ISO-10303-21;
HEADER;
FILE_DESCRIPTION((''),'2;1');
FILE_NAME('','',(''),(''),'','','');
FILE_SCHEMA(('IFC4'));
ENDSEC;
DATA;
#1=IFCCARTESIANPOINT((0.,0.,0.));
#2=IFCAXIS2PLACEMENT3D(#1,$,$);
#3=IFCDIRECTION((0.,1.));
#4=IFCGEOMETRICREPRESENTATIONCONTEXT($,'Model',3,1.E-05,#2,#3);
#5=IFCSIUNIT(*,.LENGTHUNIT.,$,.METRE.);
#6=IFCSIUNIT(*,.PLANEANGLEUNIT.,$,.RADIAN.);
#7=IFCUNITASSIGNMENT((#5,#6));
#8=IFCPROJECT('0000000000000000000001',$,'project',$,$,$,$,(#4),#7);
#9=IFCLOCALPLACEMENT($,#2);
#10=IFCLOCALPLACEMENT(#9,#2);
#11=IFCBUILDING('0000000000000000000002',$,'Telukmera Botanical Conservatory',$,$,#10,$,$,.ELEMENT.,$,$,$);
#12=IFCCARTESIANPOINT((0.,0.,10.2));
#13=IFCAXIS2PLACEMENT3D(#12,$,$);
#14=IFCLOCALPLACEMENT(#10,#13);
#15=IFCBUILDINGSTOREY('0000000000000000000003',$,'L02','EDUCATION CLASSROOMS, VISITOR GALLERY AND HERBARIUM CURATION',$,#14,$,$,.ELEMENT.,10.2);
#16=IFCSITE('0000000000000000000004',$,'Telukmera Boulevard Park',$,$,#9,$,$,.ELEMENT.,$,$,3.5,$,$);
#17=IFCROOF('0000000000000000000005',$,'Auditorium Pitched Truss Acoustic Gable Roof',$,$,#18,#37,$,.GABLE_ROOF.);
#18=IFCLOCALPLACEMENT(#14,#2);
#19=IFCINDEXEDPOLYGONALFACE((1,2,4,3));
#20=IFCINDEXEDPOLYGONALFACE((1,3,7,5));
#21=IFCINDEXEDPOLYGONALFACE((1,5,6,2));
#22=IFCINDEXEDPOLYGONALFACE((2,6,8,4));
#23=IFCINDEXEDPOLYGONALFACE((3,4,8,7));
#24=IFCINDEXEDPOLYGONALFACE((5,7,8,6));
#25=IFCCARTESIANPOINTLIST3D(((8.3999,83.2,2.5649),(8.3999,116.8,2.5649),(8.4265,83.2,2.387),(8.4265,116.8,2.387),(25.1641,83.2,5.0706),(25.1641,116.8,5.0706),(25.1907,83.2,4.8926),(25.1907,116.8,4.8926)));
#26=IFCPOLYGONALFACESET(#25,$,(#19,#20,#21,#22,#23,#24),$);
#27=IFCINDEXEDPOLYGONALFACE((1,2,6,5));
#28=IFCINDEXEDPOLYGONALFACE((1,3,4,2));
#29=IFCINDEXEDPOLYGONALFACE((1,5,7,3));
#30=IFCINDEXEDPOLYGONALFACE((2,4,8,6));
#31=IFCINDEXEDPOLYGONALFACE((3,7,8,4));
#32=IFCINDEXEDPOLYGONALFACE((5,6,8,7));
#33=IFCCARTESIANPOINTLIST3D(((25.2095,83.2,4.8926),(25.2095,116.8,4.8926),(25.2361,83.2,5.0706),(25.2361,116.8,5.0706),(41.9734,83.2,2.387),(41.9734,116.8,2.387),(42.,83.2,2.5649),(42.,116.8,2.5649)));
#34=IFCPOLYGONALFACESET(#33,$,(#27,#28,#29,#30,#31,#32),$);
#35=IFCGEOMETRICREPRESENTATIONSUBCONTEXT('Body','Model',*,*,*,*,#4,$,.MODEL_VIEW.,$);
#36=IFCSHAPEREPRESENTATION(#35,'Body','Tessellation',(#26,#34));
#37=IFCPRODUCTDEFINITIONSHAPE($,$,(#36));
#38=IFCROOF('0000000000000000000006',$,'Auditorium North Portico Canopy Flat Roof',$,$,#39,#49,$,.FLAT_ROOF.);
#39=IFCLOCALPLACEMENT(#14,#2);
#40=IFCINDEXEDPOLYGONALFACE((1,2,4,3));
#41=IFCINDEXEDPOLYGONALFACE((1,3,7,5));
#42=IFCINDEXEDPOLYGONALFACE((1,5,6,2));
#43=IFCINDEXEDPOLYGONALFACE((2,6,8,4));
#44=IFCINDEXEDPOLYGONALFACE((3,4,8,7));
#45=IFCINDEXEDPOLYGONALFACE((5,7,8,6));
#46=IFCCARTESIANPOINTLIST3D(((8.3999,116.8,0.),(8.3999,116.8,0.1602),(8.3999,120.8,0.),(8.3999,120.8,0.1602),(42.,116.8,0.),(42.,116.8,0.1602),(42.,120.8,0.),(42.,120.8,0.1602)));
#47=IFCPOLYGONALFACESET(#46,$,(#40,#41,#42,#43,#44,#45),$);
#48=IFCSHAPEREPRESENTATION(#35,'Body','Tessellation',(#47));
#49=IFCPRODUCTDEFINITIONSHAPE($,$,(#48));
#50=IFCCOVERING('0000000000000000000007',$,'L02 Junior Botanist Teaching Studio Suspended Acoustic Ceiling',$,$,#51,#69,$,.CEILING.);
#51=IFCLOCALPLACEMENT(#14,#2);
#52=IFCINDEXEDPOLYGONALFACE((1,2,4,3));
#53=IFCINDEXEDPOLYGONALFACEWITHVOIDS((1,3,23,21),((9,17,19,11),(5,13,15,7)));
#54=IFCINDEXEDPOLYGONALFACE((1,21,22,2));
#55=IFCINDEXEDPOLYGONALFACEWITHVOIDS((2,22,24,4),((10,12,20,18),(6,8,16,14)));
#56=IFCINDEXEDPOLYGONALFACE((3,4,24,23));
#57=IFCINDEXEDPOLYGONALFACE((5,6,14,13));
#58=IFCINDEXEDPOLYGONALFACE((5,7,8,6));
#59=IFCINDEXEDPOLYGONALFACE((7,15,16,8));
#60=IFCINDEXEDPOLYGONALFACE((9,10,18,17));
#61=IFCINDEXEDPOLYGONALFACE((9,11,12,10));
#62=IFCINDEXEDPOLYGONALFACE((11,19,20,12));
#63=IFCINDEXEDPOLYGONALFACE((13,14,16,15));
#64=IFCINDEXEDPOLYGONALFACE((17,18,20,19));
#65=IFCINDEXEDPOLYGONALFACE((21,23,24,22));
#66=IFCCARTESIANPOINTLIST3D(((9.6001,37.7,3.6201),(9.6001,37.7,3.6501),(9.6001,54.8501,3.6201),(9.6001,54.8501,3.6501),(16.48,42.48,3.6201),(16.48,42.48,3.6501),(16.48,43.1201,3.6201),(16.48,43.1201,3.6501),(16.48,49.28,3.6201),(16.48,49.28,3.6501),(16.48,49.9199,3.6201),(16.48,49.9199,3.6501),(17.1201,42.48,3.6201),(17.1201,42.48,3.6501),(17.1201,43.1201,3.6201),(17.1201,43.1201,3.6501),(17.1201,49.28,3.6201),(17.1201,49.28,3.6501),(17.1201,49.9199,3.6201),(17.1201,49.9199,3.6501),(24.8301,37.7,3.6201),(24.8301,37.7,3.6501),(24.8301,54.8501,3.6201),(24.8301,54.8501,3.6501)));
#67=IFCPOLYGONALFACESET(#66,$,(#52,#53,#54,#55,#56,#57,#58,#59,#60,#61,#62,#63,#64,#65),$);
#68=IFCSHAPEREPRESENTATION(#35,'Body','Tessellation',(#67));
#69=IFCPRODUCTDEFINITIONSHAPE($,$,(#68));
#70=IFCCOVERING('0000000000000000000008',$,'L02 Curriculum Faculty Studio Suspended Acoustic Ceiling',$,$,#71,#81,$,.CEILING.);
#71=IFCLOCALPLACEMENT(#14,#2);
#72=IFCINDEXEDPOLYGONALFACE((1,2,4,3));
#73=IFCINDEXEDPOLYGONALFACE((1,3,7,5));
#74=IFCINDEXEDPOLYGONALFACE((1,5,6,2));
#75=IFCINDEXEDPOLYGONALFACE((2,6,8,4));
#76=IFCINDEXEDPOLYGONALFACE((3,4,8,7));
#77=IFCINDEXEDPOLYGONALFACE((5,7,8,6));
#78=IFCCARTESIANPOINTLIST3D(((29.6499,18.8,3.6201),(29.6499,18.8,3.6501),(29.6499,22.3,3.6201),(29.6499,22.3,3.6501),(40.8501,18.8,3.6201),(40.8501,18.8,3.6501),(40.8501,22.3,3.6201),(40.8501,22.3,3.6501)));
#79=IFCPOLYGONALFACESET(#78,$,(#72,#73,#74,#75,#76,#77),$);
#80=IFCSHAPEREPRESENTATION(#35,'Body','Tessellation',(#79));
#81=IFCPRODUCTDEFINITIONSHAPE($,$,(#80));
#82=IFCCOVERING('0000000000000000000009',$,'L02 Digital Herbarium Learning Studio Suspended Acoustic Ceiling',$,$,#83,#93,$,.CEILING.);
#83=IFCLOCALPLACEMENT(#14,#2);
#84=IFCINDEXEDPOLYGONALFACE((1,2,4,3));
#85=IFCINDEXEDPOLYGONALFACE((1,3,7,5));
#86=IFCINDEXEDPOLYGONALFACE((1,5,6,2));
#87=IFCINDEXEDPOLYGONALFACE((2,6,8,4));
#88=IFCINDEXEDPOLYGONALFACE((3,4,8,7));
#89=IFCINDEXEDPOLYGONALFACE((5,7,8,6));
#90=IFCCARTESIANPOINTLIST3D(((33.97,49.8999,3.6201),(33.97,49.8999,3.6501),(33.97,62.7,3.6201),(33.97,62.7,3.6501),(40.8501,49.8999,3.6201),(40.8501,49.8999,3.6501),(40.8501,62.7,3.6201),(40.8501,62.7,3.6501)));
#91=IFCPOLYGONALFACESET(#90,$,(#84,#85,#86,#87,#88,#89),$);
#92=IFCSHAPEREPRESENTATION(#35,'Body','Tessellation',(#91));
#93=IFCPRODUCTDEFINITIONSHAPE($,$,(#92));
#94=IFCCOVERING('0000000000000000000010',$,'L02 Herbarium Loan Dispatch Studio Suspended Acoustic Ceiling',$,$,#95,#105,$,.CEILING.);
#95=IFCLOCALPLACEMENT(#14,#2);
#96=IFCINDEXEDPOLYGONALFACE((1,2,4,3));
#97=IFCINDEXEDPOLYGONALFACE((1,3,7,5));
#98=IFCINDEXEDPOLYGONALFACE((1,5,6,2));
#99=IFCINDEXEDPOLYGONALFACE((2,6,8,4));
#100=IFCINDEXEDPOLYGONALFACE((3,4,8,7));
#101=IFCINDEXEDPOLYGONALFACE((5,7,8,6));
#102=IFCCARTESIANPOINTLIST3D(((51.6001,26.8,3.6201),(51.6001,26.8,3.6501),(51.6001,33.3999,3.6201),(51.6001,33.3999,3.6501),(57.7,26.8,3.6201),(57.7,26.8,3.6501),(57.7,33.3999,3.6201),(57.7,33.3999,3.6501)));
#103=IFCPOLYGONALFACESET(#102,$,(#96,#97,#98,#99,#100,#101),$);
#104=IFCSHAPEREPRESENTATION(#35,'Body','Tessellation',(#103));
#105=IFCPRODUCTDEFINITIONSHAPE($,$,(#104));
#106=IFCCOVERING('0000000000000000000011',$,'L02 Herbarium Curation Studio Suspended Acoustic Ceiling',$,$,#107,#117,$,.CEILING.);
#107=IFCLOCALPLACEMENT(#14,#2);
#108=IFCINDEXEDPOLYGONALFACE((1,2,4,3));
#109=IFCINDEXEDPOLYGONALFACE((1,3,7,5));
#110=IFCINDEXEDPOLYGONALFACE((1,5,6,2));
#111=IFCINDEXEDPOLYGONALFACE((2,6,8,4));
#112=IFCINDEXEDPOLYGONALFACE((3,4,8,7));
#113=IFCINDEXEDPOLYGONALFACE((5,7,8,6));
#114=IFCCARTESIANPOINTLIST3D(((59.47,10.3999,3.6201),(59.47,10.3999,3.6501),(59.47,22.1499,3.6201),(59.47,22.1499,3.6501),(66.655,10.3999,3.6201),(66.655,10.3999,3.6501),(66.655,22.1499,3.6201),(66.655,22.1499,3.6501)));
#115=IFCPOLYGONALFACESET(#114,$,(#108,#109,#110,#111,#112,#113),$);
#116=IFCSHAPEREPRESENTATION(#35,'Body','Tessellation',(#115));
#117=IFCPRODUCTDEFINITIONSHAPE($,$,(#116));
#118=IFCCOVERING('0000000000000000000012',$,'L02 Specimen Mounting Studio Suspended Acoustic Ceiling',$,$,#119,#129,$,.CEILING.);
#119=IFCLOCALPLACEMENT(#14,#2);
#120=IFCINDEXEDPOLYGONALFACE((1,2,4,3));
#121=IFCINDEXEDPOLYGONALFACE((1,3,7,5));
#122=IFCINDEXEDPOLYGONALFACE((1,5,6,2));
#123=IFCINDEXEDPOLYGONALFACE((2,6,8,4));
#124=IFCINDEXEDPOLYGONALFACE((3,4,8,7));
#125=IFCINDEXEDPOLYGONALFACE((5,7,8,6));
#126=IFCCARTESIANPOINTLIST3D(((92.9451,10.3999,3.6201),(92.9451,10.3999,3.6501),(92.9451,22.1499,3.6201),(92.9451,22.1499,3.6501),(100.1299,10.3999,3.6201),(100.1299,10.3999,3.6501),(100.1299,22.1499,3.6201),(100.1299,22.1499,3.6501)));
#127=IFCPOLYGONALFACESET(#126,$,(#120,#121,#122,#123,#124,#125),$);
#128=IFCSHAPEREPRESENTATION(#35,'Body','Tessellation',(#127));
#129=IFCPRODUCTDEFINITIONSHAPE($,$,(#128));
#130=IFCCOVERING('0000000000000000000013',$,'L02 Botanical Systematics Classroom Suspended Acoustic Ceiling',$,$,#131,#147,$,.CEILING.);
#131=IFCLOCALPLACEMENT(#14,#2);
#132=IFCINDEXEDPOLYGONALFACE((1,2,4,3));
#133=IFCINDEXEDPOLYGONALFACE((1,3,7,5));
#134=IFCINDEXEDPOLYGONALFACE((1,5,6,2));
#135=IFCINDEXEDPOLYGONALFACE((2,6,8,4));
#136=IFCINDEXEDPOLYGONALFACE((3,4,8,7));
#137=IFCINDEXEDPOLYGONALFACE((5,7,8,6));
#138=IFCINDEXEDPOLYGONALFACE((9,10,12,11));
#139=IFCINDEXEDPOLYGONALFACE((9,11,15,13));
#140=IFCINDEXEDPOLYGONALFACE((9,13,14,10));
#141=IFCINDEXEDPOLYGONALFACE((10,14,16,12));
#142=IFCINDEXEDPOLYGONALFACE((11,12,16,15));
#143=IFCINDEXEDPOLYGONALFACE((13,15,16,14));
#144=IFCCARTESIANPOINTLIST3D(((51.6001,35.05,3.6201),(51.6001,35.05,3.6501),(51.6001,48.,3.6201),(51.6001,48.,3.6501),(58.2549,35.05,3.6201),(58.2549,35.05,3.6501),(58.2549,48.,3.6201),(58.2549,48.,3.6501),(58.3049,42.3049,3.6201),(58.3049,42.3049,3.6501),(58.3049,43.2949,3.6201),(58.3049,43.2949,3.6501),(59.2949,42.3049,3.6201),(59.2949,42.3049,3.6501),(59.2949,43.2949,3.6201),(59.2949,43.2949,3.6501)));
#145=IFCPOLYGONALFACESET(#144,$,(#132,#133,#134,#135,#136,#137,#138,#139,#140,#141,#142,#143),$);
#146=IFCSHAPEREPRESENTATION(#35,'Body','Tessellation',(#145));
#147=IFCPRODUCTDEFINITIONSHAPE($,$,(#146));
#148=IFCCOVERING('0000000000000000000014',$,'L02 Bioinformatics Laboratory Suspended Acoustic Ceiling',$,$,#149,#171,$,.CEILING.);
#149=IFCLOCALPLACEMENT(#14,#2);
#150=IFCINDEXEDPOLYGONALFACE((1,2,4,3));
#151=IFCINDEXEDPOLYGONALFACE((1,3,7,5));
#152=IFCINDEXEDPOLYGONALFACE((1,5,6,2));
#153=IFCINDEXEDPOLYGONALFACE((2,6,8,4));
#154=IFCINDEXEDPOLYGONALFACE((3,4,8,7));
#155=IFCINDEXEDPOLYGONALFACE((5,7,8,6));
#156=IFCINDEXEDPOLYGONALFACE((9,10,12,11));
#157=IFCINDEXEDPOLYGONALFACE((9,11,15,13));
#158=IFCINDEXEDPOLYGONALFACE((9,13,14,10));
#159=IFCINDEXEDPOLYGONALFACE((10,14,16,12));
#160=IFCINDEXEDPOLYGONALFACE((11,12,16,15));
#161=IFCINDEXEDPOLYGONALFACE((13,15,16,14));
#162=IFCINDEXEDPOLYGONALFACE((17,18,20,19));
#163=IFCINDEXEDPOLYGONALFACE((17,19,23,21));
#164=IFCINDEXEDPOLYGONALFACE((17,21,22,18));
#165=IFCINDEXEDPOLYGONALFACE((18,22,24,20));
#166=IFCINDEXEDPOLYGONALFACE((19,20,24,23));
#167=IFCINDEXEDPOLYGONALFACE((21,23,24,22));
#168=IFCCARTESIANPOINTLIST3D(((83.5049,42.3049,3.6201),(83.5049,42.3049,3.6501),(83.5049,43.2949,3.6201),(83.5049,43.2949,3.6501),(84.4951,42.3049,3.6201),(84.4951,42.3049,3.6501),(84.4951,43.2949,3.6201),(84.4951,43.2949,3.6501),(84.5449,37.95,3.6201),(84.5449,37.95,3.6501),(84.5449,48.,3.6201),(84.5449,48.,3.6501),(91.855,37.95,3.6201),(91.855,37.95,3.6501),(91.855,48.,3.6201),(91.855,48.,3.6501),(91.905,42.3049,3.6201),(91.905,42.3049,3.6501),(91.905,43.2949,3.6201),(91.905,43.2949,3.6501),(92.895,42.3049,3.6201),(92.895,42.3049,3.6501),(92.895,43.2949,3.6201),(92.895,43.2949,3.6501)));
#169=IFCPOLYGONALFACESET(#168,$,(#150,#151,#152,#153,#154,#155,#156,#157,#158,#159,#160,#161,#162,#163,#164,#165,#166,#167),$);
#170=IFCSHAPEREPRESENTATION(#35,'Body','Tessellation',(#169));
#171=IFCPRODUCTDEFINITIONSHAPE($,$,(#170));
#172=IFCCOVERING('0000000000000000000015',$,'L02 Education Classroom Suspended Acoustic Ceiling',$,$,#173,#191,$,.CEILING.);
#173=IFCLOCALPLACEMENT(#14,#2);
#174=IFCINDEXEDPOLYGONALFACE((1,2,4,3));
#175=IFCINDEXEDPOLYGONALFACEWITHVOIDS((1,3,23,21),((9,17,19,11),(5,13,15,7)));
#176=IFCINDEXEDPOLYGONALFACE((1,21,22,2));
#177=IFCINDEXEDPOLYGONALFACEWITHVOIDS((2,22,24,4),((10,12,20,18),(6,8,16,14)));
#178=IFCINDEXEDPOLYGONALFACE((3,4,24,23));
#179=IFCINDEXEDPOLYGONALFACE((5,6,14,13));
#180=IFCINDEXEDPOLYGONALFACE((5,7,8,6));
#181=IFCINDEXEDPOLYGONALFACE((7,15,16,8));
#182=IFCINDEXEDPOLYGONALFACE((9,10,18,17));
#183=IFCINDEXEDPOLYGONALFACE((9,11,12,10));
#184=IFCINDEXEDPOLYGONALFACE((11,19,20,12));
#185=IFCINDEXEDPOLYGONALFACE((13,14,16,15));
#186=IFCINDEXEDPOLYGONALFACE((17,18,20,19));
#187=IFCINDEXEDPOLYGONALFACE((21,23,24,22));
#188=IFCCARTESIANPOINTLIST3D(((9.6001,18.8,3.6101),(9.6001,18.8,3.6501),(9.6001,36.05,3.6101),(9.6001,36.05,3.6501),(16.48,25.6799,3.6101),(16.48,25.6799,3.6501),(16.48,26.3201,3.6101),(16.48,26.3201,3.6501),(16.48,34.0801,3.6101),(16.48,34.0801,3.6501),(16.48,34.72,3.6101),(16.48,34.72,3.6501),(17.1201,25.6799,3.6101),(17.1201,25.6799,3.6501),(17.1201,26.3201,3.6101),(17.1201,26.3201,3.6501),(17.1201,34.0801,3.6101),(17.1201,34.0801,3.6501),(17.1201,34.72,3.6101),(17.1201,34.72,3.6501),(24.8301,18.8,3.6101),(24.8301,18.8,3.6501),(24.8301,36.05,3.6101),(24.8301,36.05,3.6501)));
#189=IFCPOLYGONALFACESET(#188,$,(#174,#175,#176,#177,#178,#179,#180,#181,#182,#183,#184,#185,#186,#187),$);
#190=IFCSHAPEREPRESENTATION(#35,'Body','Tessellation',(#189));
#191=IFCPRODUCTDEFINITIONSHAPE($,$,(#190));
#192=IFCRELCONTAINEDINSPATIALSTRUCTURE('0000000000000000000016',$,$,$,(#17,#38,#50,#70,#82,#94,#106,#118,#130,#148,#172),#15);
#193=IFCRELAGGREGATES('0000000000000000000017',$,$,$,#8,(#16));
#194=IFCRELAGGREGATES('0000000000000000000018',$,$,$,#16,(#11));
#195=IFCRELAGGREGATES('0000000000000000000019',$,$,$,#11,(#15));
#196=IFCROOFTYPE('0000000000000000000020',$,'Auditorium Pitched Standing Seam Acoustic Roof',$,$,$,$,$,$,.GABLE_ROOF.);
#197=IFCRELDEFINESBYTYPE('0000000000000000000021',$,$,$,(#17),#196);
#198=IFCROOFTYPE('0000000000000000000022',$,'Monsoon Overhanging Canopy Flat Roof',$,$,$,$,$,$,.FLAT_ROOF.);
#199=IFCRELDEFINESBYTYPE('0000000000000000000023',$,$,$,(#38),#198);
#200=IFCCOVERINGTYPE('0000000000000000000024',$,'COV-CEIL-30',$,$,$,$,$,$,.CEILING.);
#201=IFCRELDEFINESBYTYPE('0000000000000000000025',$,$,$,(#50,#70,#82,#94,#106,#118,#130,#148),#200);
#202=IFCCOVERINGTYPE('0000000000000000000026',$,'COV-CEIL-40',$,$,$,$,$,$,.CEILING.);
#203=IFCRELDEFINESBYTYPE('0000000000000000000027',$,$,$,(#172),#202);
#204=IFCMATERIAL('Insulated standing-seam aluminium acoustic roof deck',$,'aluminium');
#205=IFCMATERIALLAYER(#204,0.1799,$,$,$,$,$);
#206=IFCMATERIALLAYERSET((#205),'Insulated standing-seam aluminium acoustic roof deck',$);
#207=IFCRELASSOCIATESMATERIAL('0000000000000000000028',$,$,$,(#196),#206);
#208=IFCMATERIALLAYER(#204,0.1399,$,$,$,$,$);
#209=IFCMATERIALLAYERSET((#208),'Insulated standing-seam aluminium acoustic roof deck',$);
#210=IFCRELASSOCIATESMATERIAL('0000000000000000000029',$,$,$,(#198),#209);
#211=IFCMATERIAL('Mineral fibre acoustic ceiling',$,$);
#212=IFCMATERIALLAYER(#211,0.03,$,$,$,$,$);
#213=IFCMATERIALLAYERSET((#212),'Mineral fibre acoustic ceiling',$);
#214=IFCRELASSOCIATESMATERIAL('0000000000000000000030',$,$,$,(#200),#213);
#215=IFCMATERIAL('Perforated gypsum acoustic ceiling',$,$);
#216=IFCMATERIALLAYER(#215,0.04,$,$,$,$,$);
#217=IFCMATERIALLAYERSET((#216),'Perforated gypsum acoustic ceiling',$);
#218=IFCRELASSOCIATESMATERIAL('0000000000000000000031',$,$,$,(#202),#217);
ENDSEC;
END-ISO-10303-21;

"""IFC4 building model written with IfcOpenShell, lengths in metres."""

from ifc_helpers import new_model, si_unit, direction, frame, origin, place, context, subcontext, project, spatial, polyline, outline, extrude, material, layer, layer_set, type_object, element, save


model = new_model("IFC4")

# Units and contexts
model_context = context("Model", 3, precision=1e-05, world=origin(), true_north=direction((0.0, 1.0)))
body_context = subcontext(model_context, "Body", "Model", "MODEL_VIEW")
ifc_project = project(units=[si_unit("LENGTHUNIT", "METRE"), si_unit("PLANEANGLEUNIT", "RADIAN")], contexts=[model_context])

# Site, building, storey
site_placement = place(None, origin())
site = spatial("IfcSite", under=ifc_project, at=site_placement, Name="Telukmera Boulevard Park", CompositionType="ELEMENT", RefElevation=3.5)
building_placement = place(site_placement, origin())
building = spatial("IfcBuilding", under=site, at=building_placement, Name="Telukmera Botanical Conservatory", CompositionType="ELEMENT")
storey_placement = place(building_placement, frame((0.0, 0.0, 10.2)))
storey = spatial("IfcBuildingStorey", under=building, at=storey_placement, Name="L02", Description="EDUCATION CLASSROOMS, VISITOR GALLERY AND HERBARIUM CURATION", CompositionType="ELEMENT", Elevation=10.2)

# Roofs
ifc_material_1 = material(Name="Insulated standing-seam aluminium acoustic roof deck", Category="aluminium")
ifc_layer_1 = layer(ifc_material_1, 0.1799)
ifc_layer_set_1 = layer_set([ifc_layer_1], Name="Insulated standing-seam aluminium acoustic roof deck")
roof_type_1 = type_object("IfcRoofType", Name="Auditorium Pitched Standing Seam Acoustic Roof", PredefinedType="GABLE_ROOF", material=ifc_layer_set_1)
roof_1_placement = place(storey_placement, origin())
element("IfcRoof", 1, at=roof_1_placement, inside=storey, type_object=roof_type_1, Name="Auditorium Pitched Truss Acoustic Gable Roof", PredefinedType="GABLE_ROOF", context=body_context, shape_type="SweptSolid", body=[
    extrude(outline(polyline([(0.0, 0.0), (16.9504, 0.0), (16.9504, 33.6001), (0.0, 33.6001), (0.0, 0.0)])), frame((8.3999, 83.2, 2.5649), z_axis=(-0.147821, 0.0, 0.989014), x_axis=(0.989014, 0.0, 0.147821)), (0.0, 0.0, -1.0), 0.1799),
    extrude(outline(polyline([(0.0, 0.0), (16.9501, 0.0), (16.9501, 33.6001), (0.0, 33.6001), (0.0, 0.0)])), frame((25.2361, 83.2, 5.0706), z_axis=(0.147823, 0.0, 0.989014), x_axis=(0.989014, 0.0, -0.147823)), (0.0, 0.0, -1.0), 0.1799),
])
ifc_layer_2 = layer(ifc_material_1, 0.1399)
ifc_layer_set_2 = layer_set([ifc_layer_2], Name="Insulated standing-seam aluminium acoustic roof deck")
roof_type_2 = type_object("IfcRoofType", Name="Monsoon Overhanging Canopy Flat Roof", PredefinedType="FLAT_ROOF", material=ifc_layer_set_2)
roof_2_placement = place(storey_placement, origin())
element("IfcRoof", 2, at=roof_2_placement, inside=storey, type_object=roof_type_2, Name="Auditorium North Portico Canopy Flat Roof", PredefinedType="FLAT_ROOF", context=body_context, shape_type="SweptSolid", body=[
    extrude(outline(polyline([(8.3999, 116.8), (42.0, 116.8), (42.0, 120.8), (8.3999, 120.8), (8.3999, 116.8)])), origin(), (0.0, 0.0, 1.0), 0.1602),
])

# Coverings
ifc_material_2 = material(Name="Mineral fibre acoustic ceiling")
ifc_layer_3 = layer(ifc_material_2, 0.03)
ifc_layer_set_3 = layer_set([ifc_layer_3], Name="Mineral fibre acoustic ceiling")
covering_type_1 = type_object("IfcCoveringType", Name="COV-CEIL-30", PredefinedType="CEILING", material=ifc_layer_set_3)
covering_1_placement = place(storey_placement, frame((0.0, 0.0, 3.6201)))
element("IfcCovering", 3, at=covering_1_placement, inside=storey, type_object=covering_type_1, Name="L02 Junior Botanist Teaching Studio Suspended Acoustic Ceiling", PredefinedType="CEILING", context=body_context, shape_type="SweptSolid", body=[
    extrude(outline(polyline([(9.6001, 37.7), (24.8301, 37.7), (24.8301, 54.8501), (9.6001, 54.8501), (9.6001, 37.7)]), holes=[polyline([(16.48, 42.48), (17.1201, 42.48), (17.1201, 43.1201), (16.48, 43.1201), (16.48, 42.48)]), polyline([(16.48, 49.28), (17.1201, 49.28), (17.1201, 49.9199), (16.48, 49.9199), (16.48, 49.28)])]), origin(), (0.0, 0.0, 1.0), 0.03),
])
covering_2_placement = place(storey_placement, frame((0.0, 0.0, 3.6201)))
element("IfcCovering", 4, at=covering_2_placement, inside=storey, type_object=covering_type_1, Name="L02 Curriculum Faculty Studio Suspended Acoustic Ceiling", PredefinedType="CEILING", context=body_context, shape_type="SweptSolid", body=[
    extrude(outline(polyline([(29.6499, 18.8), (40.8501, 18.8), (40.8501, 22.3), (29.6499, 22.3), (29.6499, 18.8)])), origin(), (0.0, 0.0, 1.0), 0.03),
])
covering_3_placement = place(storey_placement, frame((0.0, 0.0, 3.6201)))
element("IfcCovering", 5, at=covering_3_placement, inside=storey, type_object=covering_type_1, Name="L02 Digital Herbarium Learning Studio Suspended Acoustic Ceiling", PredefinedType="CEILING", context=body_context, shape_type="SweptSolid", body=[
    extrude(outline(polyline([(33.97, 49.8999), (40.8501, 49.8999), (40.8501, 62.7), (33.97, 62.7), (33.97, 49.8999)])), origin(), (0.0, 0.0, 1.0), 0.03),
])
covering_4_placement = place(storey_placement, frame((0.0, 0.0, 3.6201)))
element("IfcCovering", 6, at=covering_4_placement, inside=storey, type_object=covering_type_1, Name="L02 Herbarium Loan Dispatch Studio Suspended Acoustic Ceiling", PredefinedType="CEILING", context=body_context, shape_type="SweptSolid", body=[
    extrude(outline(polyline([(51.6001, 26.8), (57.7, 26.8), (57.7, 33.3999), (51.6001, 33.3999), (51.6001, 26.8)])), origin(), (0.0, 0.0, 1.0), 0.03),
])
covering_5_placement = place(storey_placement, frame((0.0, 0.0, 3.6201)))
element("IfcCovering", 7, at=covering_5_placement, inside=storey, type_object=covering_type_1, Name="L02 Herbarium Curation Studio Suspended Acoustic Ceiling", PredefinedType="CEILING", context=body_context, shape_type="SweptSolid", body=[
    extrude(outline(polyline([(59.47, 10.3999), (66.655, 10.3999), (66.655, 22.1499), (59.47, 22.1499), (59.47, 10.3999)])), origin(), (0.0, 0.0, 1.0), 0.03),
])
covering_6_placement = place(storey_placement, frame((0.0, 0.0, 3.6201)))
element("IfcCovering", 8, at=covering_6_placement, inside=storey, type_object=covering_type_1, Name="L02 Specimen Mounting Studio Suspended Acoustic Ceiling", PredefinedType="CEILING", context=body_context, shape_type="SweptSolid", body=[
    extrude(outline(polyline([(92.9451, 10.3999), (100.1299, 10.3999), (100.1299, 22.1499), (92.9451, 22.1499), (92.9451, 10.3999)])), origin(), (0.0, 0.0, 1.0), 0.03),
])
covering_7_placement = place(storey_placement, frame((0.0, 0.0, 3.6201)))
element("IfcCovering", 9, at=covering_7_placement, inside=storey, type_object=covering_type_1, Name="L02 Botanical Systematics Classroom Suspended Acoustic Ceiling", PredefinedType="CEILING", context=body_context, shape_type="SweptSolid", body=[
    extrude(outline(polyline([(51.6001, 35.05), (58.2549, 35.05), (58.2549, 48.0), (51.6001, 48.0), (51.6001, 35.05)]), holes=[polyline([(58.3049, 42.3049), (59.2949, 42.3049), (59.2949, 43.2949), (58.3049, 43.2949), (58.3049, 42.3049)])]), origin(), (0.0, 0.0, 1.0), 0.03),
])
covering_8_placement = place(storey_placement, frame((0.0, 0.0, 3.6201)))
element("IfcCovering", 10, at=covering_8_placement, inside=storey, type_object=covering_type_1, Name="L02 Bioinformatics Laboratory Suspended Acoustic Ceiling", PredefinedType="CEILING", context=body_context, shape_type="SweptSolid", body=[
    extrude(outline(polyline([(84.5449, 37.95), (91.855, 37.95), (91.855, 48.0), (84.5449, 48.0), (84.5449, 37.95)]), holes=[polyline([(83.5049, 42.3049), (84.4951, 42.3049), (84.4951, 43.2949), (83.5049, 43.2949), (83.5049, 42.3049)]), polyline([(91.905, 42.3049), (92.895, 42.3049), (92.895, 43.2949), (91.905, 43.2949), (91.905, 42.3049)])]), origin(), (0.0, 0.0, 1.0), 0.03),
])
ifc_material_3 = material(Name="Perforated gypsum acoustic ceiling")
ifc_layer_4 = layer(ifc_material_3, 0.04)
ifc_layer_set_4 = layer_set([ifc_layer_4], Name="Perforated gypsum acoustic ceiling")
covering_type_2 = type_object("IfcCoveringType", Name="COV-CEIL-40", PredefinedType="CEILING", material=ifc_layer_set_4)
covering_9_placement = place(storey_placement, frame((0.0, 0.0, 3.6101)))
element("IfcCovering", 11, at=covering_9_placement, inside=storey, type_object=covering_type_2, Name="L02 Education Classroom Suspended Acoustic Ceiling", PredefinedType="CEILING", context=body_context, shape_type="SweptSolid", body=[
    extrude(outline(polyline([(9.6001, 18.8), (24.8301, 18.8), (24.8301, 36.05), (9.6001, 36.05), (9.6001, 18.8)]), holes=[polyline([(16.48, 25.6799), (17.1201, 25.6799), (17.1201, 26.3201), (16.48, 26.3201), (16.48, 25.6799)]), polyline([(16.48, 34.0801), (17.1201, 34.0801), (17.1201, 34.72), (16.48, 34.72), (16.48, 34.0801)])]), origin(), (0.0, 0.0, 1.0), 0.04),
])

save(model, "model.ifc")
